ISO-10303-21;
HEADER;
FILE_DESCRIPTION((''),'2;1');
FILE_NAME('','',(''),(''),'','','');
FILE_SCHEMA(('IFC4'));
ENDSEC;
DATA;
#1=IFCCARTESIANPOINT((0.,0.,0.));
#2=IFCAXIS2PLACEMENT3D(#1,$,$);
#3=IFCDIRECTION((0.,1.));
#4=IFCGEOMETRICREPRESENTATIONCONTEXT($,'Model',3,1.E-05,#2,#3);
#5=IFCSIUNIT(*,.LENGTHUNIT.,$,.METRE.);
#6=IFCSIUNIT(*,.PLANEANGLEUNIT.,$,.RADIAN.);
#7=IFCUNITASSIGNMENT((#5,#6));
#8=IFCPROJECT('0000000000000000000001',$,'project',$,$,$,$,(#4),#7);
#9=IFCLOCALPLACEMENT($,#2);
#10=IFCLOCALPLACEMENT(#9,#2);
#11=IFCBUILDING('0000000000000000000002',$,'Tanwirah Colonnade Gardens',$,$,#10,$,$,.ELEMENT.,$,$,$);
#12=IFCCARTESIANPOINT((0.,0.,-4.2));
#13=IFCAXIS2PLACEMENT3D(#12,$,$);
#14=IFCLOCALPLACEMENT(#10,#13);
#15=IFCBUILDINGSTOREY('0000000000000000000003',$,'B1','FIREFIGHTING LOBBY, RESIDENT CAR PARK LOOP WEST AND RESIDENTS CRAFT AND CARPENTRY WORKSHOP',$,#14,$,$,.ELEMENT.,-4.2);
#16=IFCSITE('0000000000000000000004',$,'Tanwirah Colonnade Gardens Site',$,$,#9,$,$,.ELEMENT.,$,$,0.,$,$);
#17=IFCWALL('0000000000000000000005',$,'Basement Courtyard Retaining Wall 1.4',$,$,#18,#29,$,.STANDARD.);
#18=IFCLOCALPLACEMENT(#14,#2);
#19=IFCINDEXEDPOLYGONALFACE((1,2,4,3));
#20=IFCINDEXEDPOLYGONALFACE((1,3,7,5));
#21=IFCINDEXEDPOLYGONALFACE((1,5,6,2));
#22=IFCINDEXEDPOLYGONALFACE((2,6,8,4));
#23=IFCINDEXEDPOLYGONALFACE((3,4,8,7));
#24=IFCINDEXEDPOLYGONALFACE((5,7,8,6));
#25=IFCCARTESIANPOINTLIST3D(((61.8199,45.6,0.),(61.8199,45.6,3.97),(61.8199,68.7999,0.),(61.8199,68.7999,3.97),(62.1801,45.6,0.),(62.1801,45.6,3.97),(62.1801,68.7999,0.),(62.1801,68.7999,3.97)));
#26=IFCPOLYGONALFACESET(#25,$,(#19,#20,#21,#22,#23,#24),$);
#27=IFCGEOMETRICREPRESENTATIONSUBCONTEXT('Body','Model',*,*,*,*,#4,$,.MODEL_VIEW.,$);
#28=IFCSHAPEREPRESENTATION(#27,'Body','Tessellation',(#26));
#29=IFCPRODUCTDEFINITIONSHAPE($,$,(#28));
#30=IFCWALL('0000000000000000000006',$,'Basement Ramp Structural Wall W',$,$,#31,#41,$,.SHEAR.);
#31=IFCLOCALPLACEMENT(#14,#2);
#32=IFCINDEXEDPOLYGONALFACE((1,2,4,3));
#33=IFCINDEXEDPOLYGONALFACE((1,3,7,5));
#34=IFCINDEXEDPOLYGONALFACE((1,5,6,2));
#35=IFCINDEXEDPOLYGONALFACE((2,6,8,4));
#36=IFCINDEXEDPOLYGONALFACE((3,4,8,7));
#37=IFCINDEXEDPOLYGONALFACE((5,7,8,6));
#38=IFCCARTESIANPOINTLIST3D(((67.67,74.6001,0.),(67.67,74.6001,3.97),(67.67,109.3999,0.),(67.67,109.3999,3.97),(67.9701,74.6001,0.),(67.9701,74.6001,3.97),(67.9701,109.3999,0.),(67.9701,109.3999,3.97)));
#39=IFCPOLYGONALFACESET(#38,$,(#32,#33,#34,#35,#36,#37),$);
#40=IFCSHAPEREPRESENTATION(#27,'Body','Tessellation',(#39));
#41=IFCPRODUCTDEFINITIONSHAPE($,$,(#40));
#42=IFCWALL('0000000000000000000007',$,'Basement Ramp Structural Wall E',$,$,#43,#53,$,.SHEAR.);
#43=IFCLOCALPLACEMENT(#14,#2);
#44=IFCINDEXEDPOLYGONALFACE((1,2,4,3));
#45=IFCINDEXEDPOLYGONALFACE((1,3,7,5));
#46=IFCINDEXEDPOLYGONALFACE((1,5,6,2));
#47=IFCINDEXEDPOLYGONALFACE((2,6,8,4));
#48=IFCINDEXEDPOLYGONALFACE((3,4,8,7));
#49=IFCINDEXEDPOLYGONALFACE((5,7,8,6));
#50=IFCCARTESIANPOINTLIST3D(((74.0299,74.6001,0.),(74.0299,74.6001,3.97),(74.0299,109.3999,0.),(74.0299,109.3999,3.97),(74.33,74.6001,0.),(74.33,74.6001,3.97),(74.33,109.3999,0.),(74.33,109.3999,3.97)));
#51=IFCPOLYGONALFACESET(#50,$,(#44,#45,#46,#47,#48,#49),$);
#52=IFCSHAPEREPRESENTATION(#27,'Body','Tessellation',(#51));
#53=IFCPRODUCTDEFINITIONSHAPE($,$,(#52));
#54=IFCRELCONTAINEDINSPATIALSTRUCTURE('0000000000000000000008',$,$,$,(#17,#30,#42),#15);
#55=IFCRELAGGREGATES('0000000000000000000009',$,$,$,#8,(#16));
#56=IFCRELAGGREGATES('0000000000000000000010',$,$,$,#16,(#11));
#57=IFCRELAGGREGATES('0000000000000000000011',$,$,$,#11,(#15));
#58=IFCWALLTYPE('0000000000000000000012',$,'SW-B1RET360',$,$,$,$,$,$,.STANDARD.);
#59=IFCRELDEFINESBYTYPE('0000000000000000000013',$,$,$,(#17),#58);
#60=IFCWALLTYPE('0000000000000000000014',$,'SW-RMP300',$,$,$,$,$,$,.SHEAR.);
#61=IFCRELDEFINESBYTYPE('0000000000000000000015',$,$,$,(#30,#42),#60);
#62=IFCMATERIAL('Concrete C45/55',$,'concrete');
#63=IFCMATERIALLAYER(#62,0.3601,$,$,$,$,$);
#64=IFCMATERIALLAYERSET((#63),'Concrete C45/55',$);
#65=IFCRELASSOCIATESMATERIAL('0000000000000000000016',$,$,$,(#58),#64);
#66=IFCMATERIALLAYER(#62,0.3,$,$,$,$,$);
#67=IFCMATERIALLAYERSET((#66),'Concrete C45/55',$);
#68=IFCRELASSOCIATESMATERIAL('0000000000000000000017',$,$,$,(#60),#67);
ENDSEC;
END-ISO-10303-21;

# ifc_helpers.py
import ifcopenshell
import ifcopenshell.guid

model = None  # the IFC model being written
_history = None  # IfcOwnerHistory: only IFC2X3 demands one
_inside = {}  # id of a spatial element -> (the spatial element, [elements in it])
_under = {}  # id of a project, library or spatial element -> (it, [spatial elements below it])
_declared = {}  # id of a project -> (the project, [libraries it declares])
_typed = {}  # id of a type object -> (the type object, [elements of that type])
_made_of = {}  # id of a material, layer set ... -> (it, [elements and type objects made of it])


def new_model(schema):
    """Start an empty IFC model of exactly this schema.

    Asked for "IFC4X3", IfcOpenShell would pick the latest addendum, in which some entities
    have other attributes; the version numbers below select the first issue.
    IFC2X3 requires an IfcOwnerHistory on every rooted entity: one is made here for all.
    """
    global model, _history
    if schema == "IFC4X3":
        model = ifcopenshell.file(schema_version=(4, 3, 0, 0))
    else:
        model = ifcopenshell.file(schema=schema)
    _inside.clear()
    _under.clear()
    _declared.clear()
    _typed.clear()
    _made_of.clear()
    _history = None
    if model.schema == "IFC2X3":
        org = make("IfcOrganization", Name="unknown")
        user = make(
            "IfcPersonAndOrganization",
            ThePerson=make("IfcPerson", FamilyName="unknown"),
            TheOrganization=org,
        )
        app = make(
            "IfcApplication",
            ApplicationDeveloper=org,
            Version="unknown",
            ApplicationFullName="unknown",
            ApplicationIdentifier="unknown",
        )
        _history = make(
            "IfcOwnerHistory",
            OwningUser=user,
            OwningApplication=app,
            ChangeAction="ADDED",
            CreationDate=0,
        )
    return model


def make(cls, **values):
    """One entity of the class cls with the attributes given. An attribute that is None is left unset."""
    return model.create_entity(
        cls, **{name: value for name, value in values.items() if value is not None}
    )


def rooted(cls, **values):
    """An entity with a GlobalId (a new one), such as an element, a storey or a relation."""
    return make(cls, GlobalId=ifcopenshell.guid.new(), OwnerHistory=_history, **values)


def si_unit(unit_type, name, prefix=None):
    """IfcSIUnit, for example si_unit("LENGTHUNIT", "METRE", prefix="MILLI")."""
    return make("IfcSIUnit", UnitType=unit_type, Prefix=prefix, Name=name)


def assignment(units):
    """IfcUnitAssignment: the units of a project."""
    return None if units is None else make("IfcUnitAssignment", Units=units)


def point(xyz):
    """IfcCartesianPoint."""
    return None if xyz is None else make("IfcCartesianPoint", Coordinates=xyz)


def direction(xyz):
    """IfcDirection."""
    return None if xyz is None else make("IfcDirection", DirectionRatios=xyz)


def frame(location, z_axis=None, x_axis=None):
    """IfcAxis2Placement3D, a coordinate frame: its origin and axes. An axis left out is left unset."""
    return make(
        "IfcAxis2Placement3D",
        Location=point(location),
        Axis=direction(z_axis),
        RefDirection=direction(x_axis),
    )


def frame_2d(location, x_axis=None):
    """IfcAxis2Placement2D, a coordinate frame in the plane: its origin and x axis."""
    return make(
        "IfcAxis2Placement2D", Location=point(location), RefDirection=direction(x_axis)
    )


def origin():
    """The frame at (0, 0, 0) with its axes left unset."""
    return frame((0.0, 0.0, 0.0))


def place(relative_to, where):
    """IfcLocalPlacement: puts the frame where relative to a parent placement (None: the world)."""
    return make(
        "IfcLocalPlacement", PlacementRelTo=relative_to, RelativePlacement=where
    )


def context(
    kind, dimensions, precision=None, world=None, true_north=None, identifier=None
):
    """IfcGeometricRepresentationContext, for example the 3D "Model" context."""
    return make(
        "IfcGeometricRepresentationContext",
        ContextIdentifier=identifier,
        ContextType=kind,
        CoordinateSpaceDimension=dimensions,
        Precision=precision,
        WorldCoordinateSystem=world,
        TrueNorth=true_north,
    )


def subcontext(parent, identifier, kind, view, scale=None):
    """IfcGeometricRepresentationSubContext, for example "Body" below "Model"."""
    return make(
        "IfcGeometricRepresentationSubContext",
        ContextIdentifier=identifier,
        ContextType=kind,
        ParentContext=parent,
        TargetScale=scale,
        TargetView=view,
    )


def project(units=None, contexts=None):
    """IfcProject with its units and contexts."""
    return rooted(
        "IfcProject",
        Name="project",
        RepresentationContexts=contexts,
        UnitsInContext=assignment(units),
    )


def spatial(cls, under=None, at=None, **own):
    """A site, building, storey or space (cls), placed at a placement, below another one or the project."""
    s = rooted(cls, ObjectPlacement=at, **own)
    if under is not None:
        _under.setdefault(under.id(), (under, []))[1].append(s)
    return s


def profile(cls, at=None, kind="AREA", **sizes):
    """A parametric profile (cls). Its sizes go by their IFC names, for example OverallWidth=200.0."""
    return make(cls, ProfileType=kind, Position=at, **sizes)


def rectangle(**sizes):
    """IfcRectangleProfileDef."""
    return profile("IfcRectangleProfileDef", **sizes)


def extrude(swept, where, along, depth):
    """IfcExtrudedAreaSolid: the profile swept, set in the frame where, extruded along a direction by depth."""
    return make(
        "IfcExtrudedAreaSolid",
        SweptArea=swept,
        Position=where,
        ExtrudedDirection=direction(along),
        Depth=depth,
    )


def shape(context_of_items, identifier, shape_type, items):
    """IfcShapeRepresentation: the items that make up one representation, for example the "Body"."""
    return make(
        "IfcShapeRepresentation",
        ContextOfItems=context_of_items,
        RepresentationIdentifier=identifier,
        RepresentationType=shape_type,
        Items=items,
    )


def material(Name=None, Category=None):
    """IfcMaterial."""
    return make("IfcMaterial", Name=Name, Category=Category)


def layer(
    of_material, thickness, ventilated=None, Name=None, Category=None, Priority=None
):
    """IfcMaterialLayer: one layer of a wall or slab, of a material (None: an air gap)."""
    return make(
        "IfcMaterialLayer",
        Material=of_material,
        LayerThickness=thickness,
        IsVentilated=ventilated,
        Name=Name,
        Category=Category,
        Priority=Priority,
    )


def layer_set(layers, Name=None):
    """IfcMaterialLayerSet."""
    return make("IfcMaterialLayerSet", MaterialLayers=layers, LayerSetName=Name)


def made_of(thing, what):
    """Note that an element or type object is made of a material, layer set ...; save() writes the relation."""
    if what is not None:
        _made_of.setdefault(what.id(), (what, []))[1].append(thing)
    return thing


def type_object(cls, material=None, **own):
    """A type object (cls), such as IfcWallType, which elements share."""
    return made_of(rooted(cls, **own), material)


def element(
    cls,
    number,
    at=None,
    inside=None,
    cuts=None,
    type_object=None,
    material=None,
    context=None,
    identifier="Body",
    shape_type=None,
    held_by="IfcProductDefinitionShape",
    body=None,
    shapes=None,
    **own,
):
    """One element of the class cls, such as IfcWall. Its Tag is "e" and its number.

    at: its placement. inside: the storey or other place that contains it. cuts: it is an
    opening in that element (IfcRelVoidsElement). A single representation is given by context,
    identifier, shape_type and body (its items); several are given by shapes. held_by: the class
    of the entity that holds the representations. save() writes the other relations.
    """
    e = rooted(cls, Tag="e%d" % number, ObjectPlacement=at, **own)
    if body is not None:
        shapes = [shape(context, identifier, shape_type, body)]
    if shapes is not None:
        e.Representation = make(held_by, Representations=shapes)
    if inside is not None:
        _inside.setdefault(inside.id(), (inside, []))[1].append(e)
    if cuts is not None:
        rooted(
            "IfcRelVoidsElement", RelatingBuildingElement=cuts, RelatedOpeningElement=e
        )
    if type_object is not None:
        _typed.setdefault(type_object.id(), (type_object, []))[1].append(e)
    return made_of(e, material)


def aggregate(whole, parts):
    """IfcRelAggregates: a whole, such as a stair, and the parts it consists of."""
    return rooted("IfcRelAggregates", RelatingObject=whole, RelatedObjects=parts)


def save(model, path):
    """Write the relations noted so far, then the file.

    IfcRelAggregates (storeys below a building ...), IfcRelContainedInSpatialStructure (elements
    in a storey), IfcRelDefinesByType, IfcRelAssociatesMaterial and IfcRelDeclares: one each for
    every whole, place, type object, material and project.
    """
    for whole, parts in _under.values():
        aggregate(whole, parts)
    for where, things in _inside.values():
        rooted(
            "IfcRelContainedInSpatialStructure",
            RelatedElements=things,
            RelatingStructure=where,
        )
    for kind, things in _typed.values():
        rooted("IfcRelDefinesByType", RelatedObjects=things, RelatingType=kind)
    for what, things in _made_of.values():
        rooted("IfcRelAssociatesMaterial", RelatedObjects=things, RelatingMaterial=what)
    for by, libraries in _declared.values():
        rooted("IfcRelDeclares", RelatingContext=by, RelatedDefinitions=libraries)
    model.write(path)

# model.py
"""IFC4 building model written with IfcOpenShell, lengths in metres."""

from ifc_helpers import new_model, si_unit, direction, frame, frame_2d, origin, place, context, subcontext, project, spatial, rectangle, extrude, material, layer, layer_set, type_object, element, save


model = new_model("IFC4")

# Units and contexts
model_context = context("Model", 3, precision=1e-05, world=origin(), true_north=direction((0.0, 1.0)))
body_context = subcontext(model_context, "Body", "Model", "MODEL_VIEW")
ifc_project = project(units=[si_unit("LENGTHUNIT", "METRE"), si_unit("PLANEANGLEUNIT", "RADIAN")], contexts=[model_context])

# Site, building, storey
site_placement = place(None, origin())
site = spatial("IfcSite", under=ifc_project, at=site_placement, Name="Tanwirah Colonnade Gardens Site", CompositionType="ELEMENT", RefElevation=0.0)
building_placement = place(site_placement, origin())
building = spatial("IfcBuilding", under=site, at=building_placement, Name="Tanwirah Colonnade Gardens", CompositionType="ELEMENT")
storey_placement = place(building_placement, frame((0.0, 0.0, -4.2)))
storey = spatial("IfcBuildingStorey", under=building, at=storey_placement, Name="B1", Description="FIREFIGHTING LOBBY, RESIDENT CAR PARK LOOP WEST AND RESIDENTS CRAFT AND CARPENTRY WORKSHOP", CompositionType="ELEMENT", Elevation=-4.2)

# Shared definitions
ifc_material = material(Name="Concrete C45/55", Category="concrete")

# Walls
ifc_layer_1 = layer(ifc_material, 0.3601)
ifc_layer_set_1 = layer_set([ifc_layer_1], Name="Concrete C45/55")
wall_type_1 = type_object("IfcWallType", Name="SW-B1RET360", PredefinedType="STANDARD", material=ifc_layer_set_1)
wall_1_placement = place(storey_placement, frame((62.0, 68.8, 0.0), z_axis=(0.0, 0.0, 1.0), x_axis=(0.0, -1.0, 0.0)))
element("IfcWall", 1, at=wall_1_placement, inside=storey, type_object=wall_type_1, Name="Basement Courtyard Retaining Wall 1.4", PredefinedType="STANDARD", context=body_context, shape_type="SweptSolid", body=[
    extrude(rectangle(XDim=23.2, YDim=0.3601, at=frame_2d((11.6001, 0.0))), origin(), (0.0, 0.0, 1.0), 3.97),
])
ifc_layer_2 = layer(ifc_material, 0.3)
ifc_layer_set_2 = layer_set([ifc_layer_2], Name="Concrete C45/55")
wall_type_2 = type_object("IfcWallType", Name="SW-RMP300", PredefinedType="SHEAR", material=ifc_layer_set_2)
for number, where, z_axis, x_axis, name in (
    (2, (67.8201, 74.6001, 0.0), (0.0, 0.0, 1.0), (0.0, 1.0, 0.0), "Basement Ramp Structural Wall W"),
    (3, (74.1799, 74.6001, 0.0), (0.0, 0.0, 1.0), (0.0, 1.0, 0.0), "Basement Ramp Structural Wall E"),
):
    element("IfcWall", number, at=place(storey_placement, frame(where, z_axis=z_axis, x_axis=x_axis)), inside=storey, type_object=wall_type_2, Name=name, PredefinedType="SHEAR", context=body_context, shape_type="SweptSolid", body=[
        extrude(rectangle(XDim=34.7998, YDim=0.3, at=frame_2d((17.3999, 0.0))), origin(), (0.0, 0.0, 1.0), 3.97),
    ])

save(model, "model.ifc")
